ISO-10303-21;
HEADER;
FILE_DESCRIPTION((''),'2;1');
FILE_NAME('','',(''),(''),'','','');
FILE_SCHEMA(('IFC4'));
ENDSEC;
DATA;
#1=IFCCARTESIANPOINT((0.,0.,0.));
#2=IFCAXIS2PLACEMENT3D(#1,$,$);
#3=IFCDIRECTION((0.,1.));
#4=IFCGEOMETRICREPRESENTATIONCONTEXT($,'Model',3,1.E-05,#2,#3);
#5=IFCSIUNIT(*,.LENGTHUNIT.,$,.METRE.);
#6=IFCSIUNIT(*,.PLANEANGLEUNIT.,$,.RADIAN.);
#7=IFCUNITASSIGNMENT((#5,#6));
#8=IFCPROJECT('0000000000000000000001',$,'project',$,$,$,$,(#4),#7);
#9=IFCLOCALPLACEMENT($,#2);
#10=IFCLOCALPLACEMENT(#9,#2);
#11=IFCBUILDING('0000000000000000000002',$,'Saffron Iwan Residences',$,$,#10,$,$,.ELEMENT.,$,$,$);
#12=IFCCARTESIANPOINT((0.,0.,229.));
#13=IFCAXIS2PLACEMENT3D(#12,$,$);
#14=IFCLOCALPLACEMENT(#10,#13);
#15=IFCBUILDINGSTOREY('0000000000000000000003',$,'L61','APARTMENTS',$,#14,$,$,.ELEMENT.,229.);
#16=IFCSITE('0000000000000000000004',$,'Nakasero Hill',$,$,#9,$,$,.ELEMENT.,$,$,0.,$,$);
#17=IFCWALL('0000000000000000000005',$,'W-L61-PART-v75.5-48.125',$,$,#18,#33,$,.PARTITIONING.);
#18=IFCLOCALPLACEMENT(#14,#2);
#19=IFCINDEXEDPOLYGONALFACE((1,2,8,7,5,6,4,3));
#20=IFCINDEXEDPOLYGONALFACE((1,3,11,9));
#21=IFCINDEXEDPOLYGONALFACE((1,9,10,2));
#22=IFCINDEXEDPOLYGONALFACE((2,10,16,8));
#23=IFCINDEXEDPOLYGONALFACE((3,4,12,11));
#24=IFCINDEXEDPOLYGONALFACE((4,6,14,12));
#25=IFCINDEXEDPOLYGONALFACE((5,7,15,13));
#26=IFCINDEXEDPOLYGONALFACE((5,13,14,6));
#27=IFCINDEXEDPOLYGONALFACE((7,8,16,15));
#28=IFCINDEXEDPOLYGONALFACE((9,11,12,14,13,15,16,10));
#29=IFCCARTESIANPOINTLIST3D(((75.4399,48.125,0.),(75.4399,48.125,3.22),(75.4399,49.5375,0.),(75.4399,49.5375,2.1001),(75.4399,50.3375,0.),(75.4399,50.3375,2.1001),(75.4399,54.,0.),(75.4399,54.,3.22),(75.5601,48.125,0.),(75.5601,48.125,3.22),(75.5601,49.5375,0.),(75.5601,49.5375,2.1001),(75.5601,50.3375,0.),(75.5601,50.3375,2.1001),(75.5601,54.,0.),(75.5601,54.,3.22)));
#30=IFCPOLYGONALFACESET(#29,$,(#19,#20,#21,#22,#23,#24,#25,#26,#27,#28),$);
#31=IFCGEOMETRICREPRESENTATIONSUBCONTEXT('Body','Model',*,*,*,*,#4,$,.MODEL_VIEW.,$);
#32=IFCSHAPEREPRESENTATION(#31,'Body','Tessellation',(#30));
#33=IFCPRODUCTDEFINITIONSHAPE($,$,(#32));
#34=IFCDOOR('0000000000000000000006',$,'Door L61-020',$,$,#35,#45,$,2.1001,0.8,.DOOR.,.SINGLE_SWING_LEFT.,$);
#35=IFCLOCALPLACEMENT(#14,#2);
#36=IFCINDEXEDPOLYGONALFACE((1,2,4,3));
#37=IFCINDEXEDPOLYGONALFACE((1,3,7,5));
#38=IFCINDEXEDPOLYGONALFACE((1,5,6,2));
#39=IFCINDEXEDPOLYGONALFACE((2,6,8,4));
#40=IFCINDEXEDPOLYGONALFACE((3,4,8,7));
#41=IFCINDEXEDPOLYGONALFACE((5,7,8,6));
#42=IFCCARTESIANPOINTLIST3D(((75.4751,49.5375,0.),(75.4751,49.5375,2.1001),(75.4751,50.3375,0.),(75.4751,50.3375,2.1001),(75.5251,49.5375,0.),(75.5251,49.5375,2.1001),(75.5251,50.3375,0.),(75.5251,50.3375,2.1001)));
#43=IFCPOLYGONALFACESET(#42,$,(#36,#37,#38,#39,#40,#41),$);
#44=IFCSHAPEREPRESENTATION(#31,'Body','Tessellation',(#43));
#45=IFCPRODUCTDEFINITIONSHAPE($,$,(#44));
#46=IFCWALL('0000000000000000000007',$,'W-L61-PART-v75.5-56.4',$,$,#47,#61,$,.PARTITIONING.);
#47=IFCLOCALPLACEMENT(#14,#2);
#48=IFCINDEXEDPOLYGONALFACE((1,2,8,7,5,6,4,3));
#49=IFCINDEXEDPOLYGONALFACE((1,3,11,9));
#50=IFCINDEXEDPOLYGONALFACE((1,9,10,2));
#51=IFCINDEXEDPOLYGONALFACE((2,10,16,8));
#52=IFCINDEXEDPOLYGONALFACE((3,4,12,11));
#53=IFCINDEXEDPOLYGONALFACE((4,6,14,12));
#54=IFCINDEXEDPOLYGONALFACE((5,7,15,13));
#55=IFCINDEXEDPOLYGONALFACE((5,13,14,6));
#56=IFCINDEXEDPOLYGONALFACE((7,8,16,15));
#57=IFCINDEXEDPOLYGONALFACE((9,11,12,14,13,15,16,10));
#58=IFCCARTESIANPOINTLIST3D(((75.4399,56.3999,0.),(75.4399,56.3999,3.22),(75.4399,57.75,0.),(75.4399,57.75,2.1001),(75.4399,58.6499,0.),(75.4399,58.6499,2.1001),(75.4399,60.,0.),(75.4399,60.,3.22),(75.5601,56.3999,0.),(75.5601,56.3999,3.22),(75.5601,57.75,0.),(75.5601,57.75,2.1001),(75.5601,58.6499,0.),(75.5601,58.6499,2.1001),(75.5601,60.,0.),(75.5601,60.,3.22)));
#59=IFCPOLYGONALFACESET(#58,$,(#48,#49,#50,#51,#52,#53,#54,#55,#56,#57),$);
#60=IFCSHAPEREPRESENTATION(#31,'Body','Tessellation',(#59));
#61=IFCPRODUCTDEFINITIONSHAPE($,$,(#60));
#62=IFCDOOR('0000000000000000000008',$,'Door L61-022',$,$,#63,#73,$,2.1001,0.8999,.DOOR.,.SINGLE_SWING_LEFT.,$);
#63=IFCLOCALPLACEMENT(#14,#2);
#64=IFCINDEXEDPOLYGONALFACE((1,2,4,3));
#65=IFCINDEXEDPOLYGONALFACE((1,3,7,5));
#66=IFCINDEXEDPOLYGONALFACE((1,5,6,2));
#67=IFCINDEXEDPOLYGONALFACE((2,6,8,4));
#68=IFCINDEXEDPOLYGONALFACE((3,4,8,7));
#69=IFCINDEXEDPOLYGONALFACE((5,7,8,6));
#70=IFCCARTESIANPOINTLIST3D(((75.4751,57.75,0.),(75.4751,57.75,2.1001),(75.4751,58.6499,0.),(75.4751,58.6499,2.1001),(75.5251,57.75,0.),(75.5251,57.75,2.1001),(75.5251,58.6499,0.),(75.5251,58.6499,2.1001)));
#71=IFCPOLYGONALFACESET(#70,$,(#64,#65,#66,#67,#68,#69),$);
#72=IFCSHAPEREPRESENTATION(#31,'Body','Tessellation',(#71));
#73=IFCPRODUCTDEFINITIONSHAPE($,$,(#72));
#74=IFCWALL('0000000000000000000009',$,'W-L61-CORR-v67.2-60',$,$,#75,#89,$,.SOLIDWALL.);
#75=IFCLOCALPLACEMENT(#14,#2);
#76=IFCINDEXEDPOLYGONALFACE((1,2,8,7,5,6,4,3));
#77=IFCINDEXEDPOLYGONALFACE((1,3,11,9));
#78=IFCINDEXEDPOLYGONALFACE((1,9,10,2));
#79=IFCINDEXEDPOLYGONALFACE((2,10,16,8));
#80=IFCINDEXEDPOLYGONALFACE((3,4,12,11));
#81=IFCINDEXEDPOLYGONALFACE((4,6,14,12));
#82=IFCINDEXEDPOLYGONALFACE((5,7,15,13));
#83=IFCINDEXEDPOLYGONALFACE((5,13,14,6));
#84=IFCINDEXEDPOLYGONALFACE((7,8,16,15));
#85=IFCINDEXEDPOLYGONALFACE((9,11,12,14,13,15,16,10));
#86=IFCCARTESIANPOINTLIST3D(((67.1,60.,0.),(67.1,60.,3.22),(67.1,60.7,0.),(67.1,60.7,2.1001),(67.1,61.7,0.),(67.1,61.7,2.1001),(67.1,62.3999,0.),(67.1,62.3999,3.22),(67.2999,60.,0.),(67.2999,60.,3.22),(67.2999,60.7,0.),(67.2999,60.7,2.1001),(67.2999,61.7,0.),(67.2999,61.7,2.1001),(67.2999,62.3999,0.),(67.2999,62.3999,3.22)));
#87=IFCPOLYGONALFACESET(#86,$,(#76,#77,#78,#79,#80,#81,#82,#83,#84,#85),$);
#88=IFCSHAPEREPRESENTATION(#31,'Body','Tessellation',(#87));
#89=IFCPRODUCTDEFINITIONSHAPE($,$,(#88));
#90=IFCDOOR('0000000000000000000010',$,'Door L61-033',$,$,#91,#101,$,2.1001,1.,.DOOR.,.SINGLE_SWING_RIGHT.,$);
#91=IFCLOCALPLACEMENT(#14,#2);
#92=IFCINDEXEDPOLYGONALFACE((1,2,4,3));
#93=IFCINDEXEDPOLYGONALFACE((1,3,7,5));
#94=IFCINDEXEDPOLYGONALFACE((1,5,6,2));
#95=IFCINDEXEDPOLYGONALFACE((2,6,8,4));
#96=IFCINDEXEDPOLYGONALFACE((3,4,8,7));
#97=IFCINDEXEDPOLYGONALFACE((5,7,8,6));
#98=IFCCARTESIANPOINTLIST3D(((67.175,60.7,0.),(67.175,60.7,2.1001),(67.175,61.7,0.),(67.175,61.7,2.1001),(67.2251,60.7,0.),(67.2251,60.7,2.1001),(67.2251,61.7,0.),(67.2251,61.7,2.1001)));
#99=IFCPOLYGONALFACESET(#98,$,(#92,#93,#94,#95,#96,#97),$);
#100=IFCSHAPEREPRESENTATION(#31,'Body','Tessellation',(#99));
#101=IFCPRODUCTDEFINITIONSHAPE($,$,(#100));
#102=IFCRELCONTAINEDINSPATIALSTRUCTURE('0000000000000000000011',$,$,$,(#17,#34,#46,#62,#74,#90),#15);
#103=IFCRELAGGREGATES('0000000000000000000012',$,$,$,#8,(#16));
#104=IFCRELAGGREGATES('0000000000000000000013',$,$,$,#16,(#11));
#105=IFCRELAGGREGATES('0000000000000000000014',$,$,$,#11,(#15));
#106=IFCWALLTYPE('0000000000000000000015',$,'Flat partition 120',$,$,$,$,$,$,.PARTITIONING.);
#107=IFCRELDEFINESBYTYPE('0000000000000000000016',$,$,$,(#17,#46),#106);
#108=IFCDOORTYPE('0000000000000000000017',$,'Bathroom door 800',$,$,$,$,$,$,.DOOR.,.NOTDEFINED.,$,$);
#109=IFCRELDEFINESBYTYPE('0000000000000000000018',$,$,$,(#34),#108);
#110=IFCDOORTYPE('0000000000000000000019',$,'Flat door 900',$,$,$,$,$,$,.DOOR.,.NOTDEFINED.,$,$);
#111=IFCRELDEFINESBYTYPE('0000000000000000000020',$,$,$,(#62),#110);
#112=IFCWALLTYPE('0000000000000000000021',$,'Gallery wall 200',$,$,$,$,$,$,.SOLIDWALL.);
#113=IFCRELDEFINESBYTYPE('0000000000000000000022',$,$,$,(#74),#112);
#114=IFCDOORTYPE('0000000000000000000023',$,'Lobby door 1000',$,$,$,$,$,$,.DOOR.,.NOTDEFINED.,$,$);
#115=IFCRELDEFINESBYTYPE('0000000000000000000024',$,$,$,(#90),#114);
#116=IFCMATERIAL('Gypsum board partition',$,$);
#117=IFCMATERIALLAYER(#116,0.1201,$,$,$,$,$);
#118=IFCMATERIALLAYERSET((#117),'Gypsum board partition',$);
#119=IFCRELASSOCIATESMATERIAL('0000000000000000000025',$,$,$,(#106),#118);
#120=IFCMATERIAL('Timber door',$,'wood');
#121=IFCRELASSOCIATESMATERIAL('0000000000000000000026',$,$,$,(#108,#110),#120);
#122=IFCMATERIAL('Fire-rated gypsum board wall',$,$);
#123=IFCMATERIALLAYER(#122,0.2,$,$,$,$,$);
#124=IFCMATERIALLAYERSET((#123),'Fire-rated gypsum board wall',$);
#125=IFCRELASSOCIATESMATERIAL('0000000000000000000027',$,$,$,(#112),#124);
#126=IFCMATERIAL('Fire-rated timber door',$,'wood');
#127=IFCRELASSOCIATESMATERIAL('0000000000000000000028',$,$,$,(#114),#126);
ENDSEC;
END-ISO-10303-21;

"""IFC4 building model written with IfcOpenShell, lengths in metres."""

from ifc_helpers import new_model, si_unit, direction, frame, frame_2d, origin, place, context, subcontext, project, spatial, rectangle, extrude, material, layer, layer_set, type_object, element, fill, save


model = new_model("IFC4")

# Units and contexts
model_context = context("Model", 3, precision=1e-05, world=origin(), true_north=direction((0.0, 1.0)))
body_context = subcontext(model_context, "Body", "Model", "MODEL_VIEW")
ifc_project = project(units=[si_unit("LENGTHUNIT", "METRE"), si_unit("PLANEANGLEUNIT", "RADIAN")], contexts=[model_context])

# Site, building, storey
site_placement = place(None, origin())
site = spatial("IfcSite", under=ifc_project, at=site_placement, Name="Nakasero Hill", CompositionType="ELEMENT", RefElevation=0.0)
building_placement = place(site_placement, origin())
building = spatial("IfcBuilding", under=site, at=building_placement, Name="Saffron Iwan Residences", CompositionType="ELEMENT")
storey_placement = place(building_placement, frame((0.0, 0.0, 229.0)))
storey = spatial("IfcBuildingStorey", under=building, at=storey_placement, Name="L61", Description="APARTMENTS", CompositionType="ELEMENT", Elevation=229.0)

# Shared definitions
ifc_material_1 = material(Name="Fire-rated gypsum board wall")
ifc_material_2 = material(Name="Gypsum board partition")
ifc_layer_1 = layer(ifc_material_2, 0.1201)
ifc_layer_set_1 = layer_set([ifc_layer_1], Name="Gypsum board partition")
wall_type_1 = type_object("IfcWallType", Name="Flat partition 120", PredefinedType="PARTITIONING", material=ifc_layer_set_1)

# Shared definitions
ifc_material_3 = material(Name="Timber door", Category="wood")
door_type_1 = type_object("IfcDoorType", Name="Bathroom door 800", OperationType="NOTDEFINED", PredefinedType="DOOR", material=ifc_material_3)
door_type_2 = type_object("IfcDoorType", Name="Flat door 900", OperationType="NOTDEFINED", PredefinedType="DOOR", material=ifc_material_3)

# Walls, openings, doors
wall_1_placement = place(storey_placement, frame((75.5, 48.125, 0.0), z_axis=(0.0, 0.0, 1.0), x_axis=(0.0, 1.0, 0.0)))
wall_1 = element("IfcWall", 1, at=wall_1_placement, inside=storey, type_object=wall_type_1, Name="W-L61-PART-v75.5-48.125", PredefinedType="PARTITIONING", context=body_context, shape_type="SweptSolid", body=[
    extrude(rectangle(XDim=5.875, YDim=0.1201, at=frame_2d((2.9375, 0.0))), origin(), (0.0, 0.0, 1.0), 3.22),
])
opening_1_placement = place(wall_1_placement, frame((1.4126, 0.0, 0.0)))
opening_1 = element("IfcOpeningElement", 2, at=opening_1_placement, cuts=wall_1, PredefinedType="OPENING", context=body_context, shape_type="SweptSolid", body=[
    extrude(rectangle(XDim=0.8, YDim=2.1001, at=frame_2d((0.3999, 1.05))), frame((0.0, 0.0701, 0.0), z_axis=(0.0, -1.0, 0.0), x_axis=(1.0, 0.0, 0.0)), (0.0, 0.0, 1.0), 0.1401),
])
door_1_placement = place(opening_1_placement, origin())
door_1 = element("IfcDoor", 3, at=door_1_placement, inside=storey, type_object=door_type_1, Name="Door L61-020", OperationType="SINGLE_SWING_LEFT", OverallHeight=2.1001, OverallWidth=0.8, PredefinedType="DOOR", context=body_context, shape_type="SweptSolid", body=[
    extrude(rectangle(XDim=0.8, YDim=2.1001, at=frame_2d((0.3999, 1.05))), frame((0.0, 0.0249, 0.0), z_axis=(0.0, -1.0, 0.0), x_axis=(1.0, 0.0, 0.0)), (0.0, 0.0, 1.0), 0.05),
])
fill(opening_1, door_1)
wall_2_placement = place(storey_placement, frame((75.5, 56.3999, 0.0), z_axis=(0.0, 0.0, 1.0), x_axis=(0.0, 1.0, 0.0)))
wall_2 = element("IfcWall", 4, at=wall_2_placement, inside=storey, type_object=wall_type_1, Name="W-L61-PART-v75.5-56.4", PredefinedType="PARTITIONING", context=body_context, shape_type="SweptSolid", body=[
    extrude(rectangle(XDim=3.6001, YDim=0.1201, at=frame_2d((1.8, 0.0))), origin(), (0.0, 0.0, 1.0), 3.22),
])
opening_2_placement = place(wall_2_placement, frame((1.3501, 0.0, 0.0)))
opening_2 = element("IfcOpeningElement", 5, at=opening_2_placement, cuts=wall_2, PredefinedType="OPENING", context=body_context, shape_type="SweptSolid", body=[
    extrude(rectangle(XDim=0.8999, YDim=2.1001, at=frame_2d((0.45, 1.05))), frame((0.0, 0.0701, 0.0), z_axis=(0.0, -1.0, 0.0), x_axis=(1.0, 0.0, 0.0)), (0.0, 0.0, 1.0), 0.1401),
])
door_2_placement = place(opening_2_placement, origin())
door_2 = element("IfcDoor", 6, at=door_2_placement, inside=storey, type_object=door_type_2, Name="Door L61-022", OperationType="SINGLE_SWING_LEFT", OverallHeight=2.1001, OverallWidth=0.8999, PredefinedType="DOOR", context=body_context, shape_type="SweptSolid", body=[
    extrude(rectangle(XDim=0.8999, YDim=2.1001, at=frame_2d((0.45, 1.05))), frame((0.0, 0.0249, 0.0), z_axis=(0.0, -1.0, 0.0), x_axis=(1.0, 0.0, 0.0)), (0.0, 0.0, 1.0), 0.05),
])
fill(opening_2, door_2)
ifc_layer_2 = layer(ifc_material_1, 0.2)
ifc_layer_set_2 = layer_set([ifc_layer_2], Name="Fire-rated gypsum board wall")
wall_type_2 = type_object("IfcWallType", Name="Gallery wall 200", PredefinedType="SOLIDWALL", material=ifc_layer_set_2)
wall_3_placement = place(storey_placement, frame((67.2, 60.0, 0.0), z_axis=(0.0, 0.0, 1.0), x_axis=(0.0, 1.0, 0.0)))
wall_3 = element("IfcWall", 7, at=wall_3_placement, inside=storey, type_object=wall_type_2, Name="W-L61-CORR-v67.2-60", PredefinedType="SOLIDWALL", context=body_context, shape_type="SweptSolid", body=[
    extrude(rectangle(XDim=2.3999, YDim=0.2, at=frame_2d((1.2, 0.0))), origin(), (0.0, 0.0, 1.0), 3.22),
])
opening_3_placement = place(wall_3_placement, frame((0.7, 0.0, 0.0)))
opening_3 = element("IfcOpeningElement", 8, at=opening_3_placement, cuts=wall_3, PredefinedType="OPENING", context=body_context, shape_type="SweptSolid", body=[
    extrude(rectangle(XDim=1.0, YDim=2.1001, at=frame_2d((0.5, 1.05))), frame((0.0, 0.1099, 0.0), z_axis=(0.0, -1.0, 0.0), x_axis=(1.0, 0.0, 0.0)), (0.0, 0.0, 1.0), 0.22),
])
ifc_material_4 = material(Name="Fire-rated timber door", Category="wood")
door_type_3 = type_object("IfcDoorType", Name="Lobby door 1000", OperationType="NOTDEFINED", PredefinedType="DOOR", material=ifc_material_4)
door_3_placement = place(opening_3_placement, origin())
door_3 = element("IfcDoor", 9, at=door_3_placement, inside=storey, type_object=door_type_3, Name="Door L61-033", OperationType="SINGLE_SWING_RIGHT", OverallHeight=2.1001, OverallWidth=1.0, PredefinedType="DOOR", context=body_context, shape_type="SweptSolid", body=[
    extrude(rectangle(XDim=1.0, YDim=2.1001, at=frame_2d((0.5, 1.05))), frame((0.0, 0.0249, 0.0), z_axis=(0.0, -1.0, 0.0), x_axis=(1.0, 0.0, 0.0)), (0.0, 0.0, 1.0), 0.05),
])
fill(opening_3, door_3)

save(model, "model.ifc")
